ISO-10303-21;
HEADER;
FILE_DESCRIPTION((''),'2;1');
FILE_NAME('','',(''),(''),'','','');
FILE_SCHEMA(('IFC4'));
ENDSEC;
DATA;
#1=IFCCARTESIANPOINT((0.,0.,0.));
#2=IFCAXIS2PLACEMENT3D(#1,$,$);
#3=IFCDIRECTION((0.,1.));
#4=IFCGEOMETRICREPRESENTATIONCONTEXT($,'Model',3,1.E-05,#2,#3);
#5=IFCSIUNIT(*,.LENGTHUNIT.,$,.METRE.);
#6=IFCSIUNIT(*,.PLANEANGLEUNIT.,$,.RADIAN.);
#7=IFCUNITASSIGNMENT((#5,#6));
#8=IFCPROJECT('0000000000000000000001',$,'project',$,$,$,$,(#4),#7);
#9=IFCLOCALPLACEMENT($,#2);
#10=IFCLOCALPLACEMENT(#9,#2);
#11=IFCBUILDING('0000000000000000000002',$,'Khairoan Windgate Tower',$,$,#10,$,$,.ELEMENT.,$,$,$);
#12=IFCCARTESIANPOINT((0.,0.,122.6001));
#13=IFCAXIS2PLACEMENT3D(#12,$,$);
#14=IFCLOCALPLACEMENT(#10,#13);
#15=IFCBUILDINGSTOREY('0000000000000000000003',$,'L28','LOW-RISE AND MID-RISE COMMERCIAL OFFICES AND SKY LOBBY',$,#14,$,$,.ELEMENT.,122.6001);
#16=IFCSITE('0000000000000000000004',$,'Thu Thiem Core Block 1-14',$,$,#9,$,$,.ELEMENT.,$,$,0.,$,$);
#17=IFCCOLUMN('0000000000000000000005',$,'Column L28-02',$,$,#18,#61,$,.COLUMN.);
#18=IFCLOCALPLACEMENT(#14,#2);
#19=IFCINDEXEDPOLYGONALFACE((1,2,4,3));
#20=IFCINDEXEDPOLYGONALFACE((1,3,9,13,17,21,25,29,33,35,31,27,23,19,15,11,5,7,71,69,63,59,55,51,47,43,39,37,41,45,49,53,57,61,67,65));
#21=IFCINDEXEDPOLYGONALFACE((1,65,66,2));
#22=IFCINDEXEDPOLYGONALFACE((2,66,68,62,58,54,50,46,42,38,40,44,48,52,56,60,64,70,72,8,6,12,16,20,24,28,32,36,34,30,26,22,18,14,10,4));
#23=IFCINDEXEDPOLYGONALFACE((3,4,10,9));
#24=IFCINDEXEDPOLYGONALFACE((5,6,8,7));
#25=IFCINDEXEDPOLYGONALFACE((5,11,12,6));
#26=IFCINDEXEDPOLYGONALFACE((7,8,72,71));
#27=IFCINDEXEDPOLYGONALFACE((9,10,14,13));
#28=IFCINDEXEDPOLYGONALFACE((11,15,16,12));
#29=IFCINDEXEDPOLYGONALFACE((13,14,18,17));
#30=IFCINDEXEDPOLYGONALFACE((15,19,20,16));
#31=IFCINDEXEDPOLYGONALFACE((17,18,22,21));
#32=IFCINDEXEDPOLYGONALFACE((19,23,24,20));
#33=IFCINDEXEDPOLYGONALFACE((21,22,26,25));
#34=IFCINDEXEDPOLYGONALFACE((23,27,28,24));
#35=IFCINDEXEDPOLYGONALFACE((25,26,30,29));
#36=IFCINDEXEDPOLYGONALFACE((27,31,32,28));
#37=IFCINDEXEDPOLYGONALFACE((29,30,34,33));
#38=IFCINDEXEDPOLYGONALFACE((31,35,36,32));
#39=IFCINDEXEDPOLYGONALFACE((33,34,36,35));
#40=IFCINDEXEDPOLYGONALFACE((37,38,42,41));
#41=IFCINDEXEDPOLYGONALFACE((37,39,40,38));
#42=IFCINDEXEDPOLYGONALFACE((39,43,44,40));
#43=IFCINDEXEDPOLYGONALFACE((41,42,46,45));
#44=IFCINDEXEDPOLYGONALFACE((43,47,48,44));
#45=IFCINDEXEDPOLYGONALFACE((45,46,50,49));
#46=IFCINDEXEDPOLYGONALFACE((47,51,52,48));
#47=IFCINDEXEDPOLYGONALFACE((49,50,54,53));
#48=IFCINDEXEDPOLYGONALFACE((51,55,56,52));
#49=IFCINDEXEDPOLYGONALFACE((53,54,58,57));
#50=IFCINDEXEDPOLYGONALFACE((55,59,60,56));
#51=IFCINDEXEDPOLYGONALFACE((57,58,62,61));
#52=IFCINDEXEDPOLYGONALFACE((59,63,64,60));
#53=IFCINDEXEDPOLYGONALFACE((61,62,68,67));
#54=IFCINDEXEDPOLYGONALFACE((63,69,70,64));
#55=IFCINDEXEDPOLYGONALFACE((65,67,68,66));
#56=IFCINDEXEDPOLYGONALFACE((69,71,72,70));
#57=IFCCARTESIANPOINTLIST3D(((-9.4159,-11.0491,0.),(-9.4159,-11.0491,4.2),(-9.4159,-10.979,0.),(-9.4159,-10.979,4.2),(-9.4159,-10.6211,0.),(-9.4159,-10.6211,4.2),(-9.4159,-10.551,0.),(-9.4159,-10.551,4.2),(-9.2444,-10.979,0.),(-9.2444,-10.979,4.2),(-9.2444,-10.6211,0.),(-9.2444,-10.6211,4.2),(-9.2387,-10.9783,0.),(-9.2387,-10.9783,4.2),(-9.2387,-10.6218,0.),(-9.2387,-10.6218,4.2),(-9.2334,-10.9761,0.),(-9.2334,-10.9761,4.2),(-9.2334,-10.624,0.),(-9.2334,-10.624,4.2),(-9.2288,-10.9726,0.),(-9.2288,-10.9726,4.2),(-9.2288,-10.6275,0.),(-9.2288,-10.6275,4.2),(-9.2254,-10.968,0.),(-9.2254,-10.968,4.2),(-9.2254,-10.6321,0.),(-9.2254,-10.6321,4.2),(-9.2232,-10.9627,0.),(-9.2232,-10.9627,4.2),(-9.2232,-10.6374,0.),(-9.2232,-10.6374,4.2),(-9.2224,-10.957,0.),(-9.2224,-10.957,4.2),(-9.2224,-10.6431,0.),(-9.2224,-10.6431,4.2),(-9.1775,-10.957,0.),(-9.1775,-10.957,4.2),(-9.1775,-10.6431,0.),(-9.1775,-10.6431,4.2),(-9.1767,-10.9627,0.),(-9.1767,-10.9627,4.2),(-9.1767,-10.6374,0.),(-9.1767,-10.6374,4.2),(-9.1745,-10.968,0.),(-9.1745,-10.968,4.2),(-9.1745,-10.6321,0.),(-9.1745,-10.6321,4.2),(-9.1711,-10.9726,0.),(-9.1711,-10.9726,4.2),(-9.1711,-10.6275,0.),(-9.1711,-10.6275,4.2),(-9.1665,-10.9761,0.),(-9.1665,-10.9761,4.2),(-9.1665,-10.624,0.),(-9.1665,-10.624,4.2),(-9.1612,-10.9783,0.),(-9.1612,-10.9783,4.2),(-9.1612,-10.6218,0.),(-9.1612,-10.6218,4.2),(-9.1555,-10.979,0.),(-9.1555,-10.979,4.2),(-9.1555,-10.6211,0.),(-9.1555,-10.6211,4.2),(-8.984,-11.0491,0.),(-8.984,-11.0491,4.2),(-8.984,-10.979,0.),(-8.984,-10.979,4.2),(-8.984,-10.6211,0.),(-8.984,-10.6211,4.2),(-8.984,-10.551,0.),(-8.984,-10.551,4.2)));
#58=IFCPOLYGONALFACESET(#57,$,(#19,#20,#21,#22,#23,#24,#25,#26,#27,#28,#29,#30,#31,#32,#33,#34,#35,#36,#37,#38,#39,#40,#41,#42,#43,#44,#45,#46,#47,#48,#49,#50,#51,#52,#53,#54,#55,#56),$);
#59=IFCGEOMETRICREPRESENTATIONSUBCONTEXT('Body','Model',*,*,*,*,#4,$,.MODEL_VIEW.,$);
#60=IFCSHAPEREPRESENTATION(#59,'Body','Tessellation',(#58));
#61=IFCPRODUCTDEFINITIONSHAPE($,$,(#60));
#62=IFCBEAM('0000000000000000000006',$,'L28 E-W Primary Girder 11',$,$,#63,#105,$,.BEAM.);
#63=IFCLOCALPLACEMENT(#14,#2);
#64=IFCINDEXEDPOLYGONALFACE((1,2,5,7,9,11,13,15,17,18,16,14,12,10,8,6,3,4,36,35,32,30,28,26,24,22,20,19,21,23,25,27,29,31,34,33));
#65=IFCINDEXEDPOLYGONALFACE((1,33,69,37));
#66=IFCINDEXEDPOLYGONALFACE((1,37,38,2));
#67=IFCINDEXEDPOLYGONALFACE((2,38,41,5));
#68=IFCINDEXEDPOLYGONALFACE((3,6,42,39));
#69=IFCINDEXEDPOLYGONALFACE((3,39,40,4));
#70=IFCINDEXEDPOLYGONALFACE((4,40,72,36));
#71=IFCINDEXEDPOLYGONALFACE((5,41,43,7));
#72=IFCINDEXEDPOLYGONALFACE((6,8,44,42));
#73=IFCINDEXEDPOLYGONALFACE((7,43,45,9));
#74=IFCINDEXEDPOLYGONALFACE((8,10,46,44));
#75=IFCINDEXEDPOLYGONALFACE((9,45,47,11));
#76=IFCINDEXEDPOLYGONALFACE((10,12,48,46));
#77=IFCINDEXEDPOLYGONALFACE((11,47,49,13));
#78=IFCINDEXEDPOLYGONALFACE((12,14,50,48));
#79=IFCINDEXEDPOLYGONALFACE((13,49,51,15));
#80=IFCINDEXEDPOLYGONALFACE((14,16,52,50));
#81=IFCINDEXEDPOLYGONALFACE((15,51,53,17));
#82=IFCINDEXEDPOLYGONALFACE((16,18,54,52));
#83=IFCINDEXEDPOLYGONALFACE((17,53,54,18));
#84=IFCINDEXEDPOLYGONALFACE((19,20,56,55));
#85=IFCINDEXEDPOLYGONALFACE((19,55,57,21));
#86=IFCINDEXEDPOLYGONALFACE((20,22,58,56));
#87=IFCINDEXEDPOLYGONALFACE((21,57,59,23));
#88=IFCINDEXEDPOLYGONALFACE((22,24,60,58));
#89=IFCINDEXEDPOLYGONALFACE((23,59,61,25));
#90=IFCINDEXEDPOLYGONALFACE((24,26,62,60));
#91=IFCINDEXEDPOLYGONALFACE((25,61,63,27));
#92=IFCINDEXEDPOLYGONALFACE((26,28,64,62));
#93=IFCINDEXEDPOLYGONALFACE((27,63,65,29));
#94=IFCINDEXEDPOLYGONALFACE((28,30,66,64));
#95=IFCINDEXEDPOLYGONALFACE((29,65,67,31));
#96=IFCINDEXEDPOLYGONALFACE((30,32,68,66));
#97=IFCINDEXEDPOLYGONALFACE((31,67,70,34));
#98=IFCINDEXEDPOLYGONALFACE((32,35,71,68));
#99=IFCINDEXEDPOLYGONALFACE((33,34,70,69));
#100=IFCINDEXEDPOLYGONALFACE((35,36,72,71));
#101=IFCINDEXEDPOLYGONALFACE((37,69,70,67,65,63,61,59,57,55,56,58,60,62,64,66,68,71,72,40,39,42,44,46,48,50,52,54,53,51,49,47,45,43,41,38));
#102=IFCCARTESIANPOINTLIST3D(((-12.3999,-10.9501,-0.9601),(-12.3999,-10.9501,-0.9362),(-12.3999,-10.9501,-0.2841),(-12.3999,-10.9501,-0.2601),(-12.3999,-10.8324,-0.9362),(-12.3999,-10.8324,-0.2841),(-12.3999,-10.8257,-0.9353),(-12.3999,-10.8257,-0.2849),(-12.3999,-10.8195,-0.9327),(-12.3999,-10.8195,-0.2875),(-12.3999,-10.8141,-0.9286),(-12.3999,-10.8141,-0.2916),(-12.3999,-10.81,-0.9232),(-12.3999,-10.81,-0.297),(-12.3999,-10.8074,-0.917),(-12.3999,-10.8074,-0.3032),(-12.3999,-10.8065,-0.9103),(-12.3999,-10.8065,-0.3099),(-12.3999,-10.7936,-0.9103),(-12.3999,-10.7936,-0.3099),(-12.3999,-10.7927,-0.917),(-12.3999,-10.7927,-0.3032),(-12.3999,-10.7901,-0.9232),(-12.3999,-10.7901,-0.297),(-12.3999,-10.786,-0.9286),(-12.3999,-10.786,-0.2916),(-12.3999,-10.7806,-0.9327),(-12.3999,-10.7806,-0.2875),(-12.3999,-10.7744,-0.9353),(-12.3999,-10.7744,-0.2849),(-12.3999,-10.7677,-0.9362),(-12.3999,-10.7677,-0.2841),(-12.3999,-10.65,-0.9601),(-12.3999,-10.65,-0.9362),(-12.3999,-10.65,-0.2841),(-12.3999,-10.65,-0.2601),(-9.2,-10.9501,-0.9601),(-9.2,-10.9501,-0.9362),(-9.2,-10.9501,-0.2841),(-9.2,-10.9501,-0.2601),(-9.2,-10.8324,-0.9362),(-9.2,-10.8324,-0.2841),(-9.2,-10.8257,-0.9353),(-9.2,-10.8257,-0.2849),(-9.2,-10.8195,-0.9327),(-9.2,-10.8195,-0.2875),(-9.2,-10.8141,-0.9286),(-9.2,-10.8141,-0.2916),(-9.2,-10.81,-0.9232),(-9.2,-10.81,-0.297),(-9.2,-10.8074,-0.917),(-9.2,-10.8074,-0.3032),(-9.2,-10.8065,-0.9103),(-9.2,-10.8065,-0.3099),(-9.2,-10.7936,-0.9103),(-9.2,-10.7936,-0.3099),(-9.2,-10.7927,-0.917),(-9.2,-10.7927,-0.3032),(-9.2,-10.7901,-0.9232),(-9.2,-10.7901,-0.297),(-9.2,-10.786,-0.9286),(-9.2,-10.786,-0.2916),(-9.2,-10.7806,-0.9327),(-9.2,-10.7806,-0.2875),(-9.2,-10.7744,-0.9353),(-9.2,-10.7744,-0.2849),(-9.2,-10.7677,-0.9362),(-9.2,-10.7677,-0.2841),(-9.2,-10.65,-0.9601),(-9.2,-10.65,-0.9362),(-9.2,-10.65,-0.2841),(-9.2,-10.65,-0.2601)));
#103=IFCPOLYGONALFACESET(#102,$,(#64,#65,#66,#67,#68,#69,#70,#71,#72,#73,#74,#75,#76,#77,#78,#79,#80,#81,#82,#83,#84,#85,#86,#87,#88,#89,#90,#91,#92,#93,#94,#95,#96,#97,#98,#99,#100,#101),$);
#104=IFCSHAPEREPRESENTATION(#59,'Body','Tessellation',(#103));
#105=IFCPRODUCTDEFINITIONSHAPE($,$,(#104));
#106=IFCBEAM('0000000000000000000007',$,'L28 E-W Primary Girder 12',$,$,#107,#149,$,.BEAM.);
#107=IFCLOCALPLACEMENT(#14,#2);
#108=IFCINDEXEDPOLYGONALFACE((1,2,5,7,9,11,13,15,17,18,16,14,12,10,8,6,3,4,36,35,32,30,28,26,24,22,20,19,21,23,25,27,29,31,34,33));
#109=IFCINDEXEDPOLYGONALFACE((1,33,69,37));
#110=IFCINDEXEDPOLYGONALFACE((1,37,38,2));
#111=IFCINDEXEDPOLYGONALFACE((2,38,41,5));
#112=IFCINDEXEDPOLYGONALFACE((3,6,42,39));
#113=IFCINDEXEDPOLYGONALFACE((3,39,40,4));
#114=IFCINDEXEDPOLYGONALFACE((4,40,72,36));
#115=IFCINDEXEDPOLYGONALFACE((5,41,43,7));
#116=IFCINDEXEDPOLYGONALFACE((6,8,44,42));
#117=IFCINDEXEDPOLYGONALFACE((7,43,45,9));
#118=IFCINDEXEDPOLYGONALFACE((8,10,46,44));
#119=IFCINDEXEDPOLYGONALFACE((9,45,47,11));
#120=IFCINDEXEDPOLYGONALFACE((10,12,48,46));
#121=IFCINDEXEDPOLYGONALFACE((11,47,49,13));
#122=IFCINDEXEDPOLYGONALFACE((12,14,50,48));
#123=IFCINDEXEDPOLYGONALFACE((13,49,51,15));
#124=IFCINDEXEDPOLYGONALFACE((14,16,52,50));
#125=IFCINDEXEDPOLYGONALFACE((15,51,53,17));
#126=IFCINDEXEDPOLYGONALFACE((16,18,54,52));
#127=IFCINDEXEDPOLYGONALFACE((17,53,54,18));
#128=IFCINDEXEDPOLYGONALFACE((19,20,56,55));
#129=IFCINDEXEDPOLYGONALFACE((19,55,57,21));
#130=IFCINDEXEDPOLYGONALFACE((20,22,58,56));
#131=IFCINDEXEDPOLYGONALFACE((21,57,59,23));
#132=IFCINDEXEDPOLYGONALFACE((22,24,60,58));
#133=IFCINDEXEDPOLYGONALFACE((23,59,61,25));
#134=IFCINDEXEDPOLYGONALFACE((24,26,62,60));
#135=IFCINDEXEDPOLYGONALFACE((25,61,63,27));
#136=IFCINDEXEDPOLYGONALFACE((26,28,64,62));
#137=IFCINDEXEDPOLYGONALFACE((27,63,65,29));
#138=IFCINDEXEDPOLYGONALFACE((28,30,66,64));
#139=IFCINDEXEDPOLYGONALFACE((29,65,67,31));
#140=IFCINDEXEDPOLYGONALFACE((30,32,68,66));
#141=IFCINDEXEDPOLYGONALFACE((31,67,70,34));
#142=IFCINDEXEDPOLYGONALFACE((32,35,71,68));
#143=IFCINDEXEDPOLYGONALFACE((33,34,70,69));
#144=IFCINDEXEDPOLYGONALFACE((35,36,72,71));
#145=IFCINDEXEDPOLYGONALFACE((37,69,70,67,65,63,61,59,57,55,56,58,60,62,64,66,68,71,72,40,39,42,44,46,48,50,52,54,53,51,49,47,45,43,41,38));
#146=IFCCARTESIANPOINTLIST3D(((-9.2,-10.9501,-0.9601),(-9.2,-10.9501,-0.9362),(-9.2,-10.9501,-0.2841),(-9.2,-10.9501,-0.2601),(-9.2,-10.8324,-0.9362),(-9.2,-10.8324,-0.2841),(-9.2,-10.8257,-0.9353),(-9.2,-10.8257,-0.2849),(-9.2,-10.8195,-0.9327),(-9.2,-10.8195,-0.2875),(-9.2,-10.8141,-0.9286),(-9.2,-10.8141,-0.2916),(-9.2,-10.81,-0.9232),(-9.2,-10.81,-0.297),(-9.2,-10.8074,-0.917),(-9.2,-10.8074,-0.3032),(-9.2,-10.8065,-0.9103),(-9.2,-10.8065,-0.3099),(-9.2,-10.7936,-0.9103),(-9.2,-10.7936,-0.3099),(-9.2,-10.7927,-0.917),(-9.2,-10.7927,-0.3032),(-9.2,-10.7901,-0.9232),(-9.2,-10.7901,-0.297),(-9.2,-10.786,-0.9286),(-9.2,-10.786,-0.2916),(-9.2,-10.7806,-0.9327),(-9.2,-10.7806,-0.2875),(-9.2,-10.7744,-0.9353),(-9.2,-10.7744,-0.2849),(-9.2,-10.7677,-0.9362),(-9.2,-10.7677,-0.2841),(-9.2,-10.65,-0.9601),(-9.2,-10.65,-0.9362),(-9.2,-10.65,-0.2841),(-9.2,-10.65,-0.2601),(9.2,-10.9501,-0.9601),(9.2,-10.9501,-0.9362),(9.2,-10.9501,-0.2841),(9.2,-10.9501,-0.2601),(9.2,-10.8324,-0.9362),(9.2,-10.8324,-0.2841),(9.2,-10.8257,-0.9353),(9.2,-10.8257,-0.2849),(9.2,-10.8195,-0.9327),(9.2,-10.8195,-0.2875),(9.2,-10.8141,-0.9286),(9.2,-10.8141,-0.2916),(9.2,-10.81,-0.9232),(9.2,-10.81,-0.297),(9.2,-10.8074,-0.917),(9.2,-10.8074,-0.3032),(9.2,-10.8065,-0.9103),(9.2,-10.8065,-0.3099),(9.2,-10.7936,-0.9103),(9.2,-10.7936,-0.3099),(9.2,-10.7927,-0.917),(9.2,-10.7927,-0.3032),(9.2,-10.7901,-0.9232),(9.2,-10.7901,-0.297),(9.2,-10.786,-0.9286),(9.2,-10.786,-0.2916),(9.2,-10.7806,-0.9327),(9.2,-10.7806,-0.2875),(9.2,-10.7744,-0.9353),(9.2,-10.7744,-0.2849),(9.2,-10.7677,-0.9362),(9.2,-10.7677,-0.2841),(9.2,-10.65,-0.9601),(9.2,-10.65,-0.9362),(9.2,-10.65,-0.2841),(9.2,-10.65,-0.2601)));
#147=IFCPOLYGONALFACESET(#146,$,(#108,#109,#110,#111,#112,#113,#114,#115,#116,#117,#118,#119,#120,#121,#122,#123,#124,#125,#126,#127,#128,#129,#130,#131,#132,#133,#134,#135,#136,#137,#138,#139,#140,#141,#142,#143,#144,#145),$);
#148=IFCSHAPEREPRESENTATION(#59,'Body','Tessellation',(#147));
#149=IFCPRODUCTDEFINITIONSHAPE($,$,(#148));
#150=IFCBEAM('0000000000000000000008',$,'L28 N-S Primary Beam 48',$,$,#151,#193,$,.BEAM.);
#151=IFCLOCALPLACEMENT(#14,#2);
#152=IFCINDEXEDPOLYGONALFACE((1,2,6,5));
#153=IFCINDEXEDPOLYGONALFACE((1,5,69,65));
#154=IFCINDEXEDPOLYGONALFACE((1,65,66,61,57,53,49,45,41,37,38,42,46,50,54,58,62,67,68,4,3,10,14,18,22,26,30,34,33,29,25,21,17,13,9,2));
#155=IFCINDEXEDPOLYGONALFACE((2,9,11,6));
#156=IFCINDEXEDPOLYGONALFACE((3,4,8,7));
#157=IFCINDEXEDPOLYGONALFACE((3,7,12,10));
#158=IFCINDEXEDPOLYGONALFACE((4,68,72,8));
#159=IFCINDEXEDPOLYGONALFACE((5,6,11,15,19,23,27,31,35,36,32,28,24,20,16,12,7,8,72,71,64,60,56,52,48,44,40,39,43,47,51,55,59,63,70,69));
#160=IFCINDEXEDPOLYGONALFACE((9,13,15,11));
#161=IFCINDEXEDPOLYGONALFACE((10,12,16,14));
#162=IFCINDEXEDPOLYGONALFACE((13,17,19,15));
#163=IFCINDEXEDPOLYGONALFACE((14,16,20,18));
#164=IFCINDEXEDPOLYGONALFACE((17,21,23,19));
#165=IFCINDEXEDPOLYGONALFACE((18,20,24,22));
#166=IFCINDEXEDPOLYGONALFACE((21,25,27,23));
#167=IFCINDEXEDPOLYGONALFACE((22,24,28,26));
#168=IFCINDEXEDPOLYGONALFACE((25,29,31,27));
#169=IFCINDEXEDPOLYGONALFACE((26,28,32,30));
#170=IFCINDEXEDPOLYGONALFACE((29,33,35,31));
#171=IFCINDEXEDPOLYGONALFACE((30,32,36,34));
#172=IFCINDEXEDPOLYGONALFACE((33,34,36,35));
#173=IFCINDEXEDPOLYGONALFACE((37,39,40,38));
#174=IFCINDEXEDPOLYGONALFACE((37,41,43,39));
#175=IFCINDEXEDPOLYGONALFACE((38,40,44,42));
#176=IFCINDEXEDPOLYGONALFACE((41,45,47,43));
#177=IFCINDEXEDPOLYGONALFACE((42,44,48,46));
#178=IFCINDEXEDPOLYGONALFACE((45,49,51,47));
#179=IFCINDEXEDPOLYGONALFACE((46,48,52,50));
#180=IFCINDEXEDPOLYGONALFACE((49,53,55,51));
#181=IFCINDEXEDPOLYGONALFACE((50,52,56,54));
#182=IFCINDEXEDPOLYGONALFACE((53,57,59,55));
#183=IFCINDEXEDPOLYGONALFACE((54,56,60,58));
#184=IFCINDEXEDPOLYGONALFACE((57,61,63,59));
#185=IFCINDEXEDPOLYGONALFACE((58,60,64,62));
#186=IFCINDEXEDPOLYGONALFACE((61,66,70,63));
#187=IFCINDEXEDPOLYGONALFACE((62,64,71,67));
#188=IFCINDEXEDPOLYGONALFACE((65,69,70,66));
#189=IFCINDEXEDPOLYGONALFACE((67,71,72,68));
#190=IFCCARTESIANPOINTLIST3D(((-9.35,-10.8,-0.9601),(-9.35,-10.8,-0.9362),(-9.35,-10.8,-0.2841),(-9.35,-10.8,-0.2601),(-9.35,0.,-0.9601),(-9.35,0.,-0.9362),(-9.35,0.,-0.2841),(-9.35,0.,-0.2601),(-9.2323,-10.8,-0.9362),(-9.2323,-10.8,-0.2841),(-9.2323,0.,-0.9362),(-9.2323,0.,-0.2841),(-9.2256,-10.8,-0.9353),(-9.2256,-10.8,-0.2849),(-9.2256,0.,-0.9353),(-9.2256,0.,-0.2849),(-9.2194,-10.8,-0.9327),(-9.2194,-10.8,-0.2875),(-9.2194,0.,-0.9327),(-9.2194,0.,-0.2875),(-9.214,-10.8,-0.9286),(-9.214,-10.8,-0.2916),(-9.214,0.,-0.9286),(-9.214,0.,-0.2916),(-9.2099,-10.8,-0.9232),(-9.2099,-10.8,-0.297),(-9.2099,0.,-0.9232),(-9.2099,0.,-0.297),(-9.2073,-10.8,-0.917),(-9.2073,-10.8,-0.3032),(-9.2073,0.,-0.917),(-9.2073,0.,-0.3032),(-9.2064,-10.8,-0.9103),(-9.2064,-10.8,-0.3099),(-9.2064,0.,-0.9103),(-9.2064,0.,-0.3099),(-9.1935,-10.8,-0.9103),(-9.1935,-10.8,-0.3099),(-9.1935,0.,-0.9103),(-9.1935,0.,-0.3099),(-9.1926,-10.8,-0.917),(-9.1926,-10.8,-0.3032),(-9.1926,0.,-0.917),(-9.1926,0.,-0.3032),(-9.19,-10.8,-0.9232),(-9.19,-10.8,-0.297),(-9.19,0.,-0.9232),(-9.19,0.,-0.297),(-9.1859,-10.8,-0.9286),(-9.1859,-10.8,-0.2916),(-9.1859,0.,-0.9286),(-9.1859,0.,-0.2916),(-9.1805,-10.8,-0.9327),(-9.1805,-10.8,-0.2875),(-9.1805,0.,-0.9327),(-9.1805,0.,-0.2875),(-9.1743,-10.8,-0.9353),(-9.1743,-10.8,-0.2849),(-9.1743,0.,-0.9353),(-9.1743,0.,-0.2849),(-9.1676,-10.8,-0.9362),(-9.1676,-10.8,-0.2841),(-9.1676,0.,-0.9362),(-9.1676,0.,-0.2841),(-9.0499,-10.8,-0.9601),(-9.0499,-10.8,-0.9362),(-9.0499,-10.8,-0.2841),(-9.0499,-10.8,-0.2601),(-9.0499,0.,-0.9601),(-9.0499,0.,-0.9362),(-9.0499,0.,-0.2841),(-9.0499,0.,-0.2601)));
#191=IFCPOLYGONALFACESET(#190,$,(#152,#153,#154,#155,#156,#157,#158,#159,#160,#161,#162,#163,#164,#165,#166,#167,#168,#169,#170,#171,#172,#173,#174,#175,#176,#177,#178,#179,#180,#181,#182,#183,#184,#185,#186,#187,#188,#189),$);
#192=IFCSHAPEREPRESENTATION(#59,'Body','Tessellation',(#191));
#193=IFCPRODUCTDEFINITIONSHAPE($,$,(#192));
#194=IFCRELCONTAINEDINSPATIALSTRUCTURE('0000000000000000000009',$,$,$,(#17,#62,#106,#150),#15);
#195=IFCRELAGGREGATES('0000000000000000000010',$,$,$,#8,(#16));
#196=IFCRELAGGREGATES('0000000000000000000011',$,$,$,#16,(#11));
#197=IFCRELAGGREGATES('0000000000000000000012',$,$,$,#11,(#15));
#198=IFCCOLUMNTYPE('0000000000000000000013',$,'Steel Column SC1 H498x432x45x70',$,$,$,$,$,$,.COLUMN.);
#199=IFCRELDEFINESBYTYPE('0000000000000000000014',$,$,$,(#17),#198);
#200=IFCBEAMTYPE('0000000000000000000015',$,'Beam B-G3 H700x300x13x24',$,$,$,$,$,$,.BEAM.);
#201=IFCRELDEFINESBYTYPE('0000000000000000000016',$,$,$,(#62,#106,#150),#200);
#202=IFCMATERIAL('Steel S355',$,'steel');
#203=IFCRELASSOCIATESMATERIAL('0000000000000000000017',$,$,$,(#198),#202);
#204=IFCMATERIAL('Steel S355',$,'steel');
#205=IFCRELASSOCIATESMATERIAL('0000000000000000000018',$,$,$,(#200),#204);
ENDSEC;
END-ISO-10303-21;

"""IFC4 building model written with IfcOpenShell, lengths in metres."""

from ifc_helpers import new_model, si_unit, direction, frame, origin, origin_2d, place, context, subcontext, project, spatial, i_section, extrude, material, material_profile, profile_set, type_object, element, save


model = new_model("IFC4")

# Units and contexts
model_context = context("Model", 3, precision=1e-05, world=origin(), true_north=direction((0.0, 1.0)))
body_context = subcontext(model_context, "Body", "Model", "MODEL_VIEW")
ifc_project = project(units=[si_unit("LENGTHUNIT", "METRE"), si_unit("PLANEANGLEUNIT", "RADIAN")], contexts=[model_context])

# Site, building, storey
site_placement = place(None, origin())
site = spatial("IfcSite", under=ifc_project, at=site_placement, Name="Thu Thiem Core Block 1-14", CompositionType="ELEMENT", RefElevation=0.0)
building_placement = place(site_placement, origin())
building = spatial("IfcBuilding", under=site, at=building_placement, Name="Khairoan Windgate Tower", CompositionType="ELEMENT")
storey_placement = place(building_placement, frame((0.0, 0.0, 122.6001)))
storey = spatial("IfcBuildingStorey", under=building, at=storey_placement, Name="L28", Description="LOW-RISE AND MID-RISE COMMERCIAL OFFICES AND SKY LOBBY", CompositionType="ELEMENT", Elevation=122.6001)

# Column
ifc_material_1 = material(Name="Steel S355", Category="steel")
ifc_material_profile_1 = material_profile(ifc_material_1, i_section(OverallWidth=0.4319, OverallDepth=0.498, WebThickness=0.0449, FlangeThickness=0.0701, FilletRadius=0.022, at=origin_2d()))
ifc_profile_set_1 = profile_set([ifc_material_profile_1], Name="Steel S355")
column_type = type_object("IfcColumnType", Name="Steel Column SC1 H498x432x45x70", PredefinedType="COLUMN", material=ifc_profile_set_1)
column_placement = place(storey_placement, frame((-9.2, -10.8, 0.0), z_axis=(0.0, 0.0, 1.0), x_axis=(1.0, 0.0, 0.0)))
element("IfcColumn", 1, at=column_placement, inside=storey, type_object=column_type, Name="Column L28-02", PredefinedType="COLUMN", context=body_context, shape_type="SweptSolid", body=[
    extrude(i_section(OverallWidth=0.4319, OverallDepth=0.498, WebThickness=0.0449, FlangeThickness=0.0701, FilletRadius=0.022, at=origin_2d()), origin(), (0.0, 0.0, 1.0), 4.2),
])

# Beams
ifc_material_2 = material(Name="Steel S355", Category="steel")
ifc_material_profile_2 = material_profile(ifc_material_2, i_section(OverallWidth=0.3, OverallDepth=0.7, WebThickness=0.0129, FlangeThickness=0.0239, FilletRadius=0.0259, at=origin_2d()))
ifc_profile_set_2 = profile_set([ifc_material_profile_2], Name="Steel S355")
beam_type_1 = type_object("IfcBeamType", Name="Beam B-G3 H700x300x13x24", PredefinedType="BEAM", material=ifc_profile_set_2)
beam_1_placement = place(storey_placement, frame((-12.3999, -10.8, -0.6101), z_axis=(1.0, 0.0, 0.0), x_axis=(0.0, 1.0, 0.0)))
element("IfcBeam", 2, at=beam_1_placement, inside=storey, type_object=beam_type_1, Name="L28 E-W Primary Girder 11", PredefinedType="BEAM", context=body_context, shape_type="SweptSolid", body=[
    extrude(i_section(OverallWidth=0.3, OverallDepth=0.7, WebThickness=0.0129, FlangeThickness=0.0239, FilletRadius=0.0259, at=origin_2d()), origin(), (0.0, 0.0, 1.0), 3.2),
])
beam_2_placement = place(storey_placement, frame((-9.2, -10.8, -0.6101), z_axis=(1.0, 0.0, 0.0), x_axis=(0.0, 1.0, 0.0)))
element("IfcBeam", 3, at=beam_2_placement, inside=storey, type_object=beam_type_1, Name="L28 E-W Primary Girder 12", PredefinedType="BEAM", context=body_context, shape_type="SweptSolid", body=[
    extrude(i_section(OverallWidth=0.3, OverallDepth=0.7, WebThickness=0.0129, FlangeThickness=0.0239, FilletRadius=0.0259, at=origin_2d()), origin(), (0.0, 0.0, 1.0), 18.3999),
])
beam_3_placement = place(storey_placement, frame((-9.2, -10.8, -0.6101), z_axis=(0.0, 1.0, 0.0), x_axis=(-1.0, 0.0, 0.0)))
element("IfcBeam", 4, at=beam_3_placement, inside=storey, type_object=beam_type_1, Name="L28 N-S Primary Beam 48", PredefinedType="BEAM", context=body_context, shape_type="SweptSolid", body=[
    extrude(i_section(OverallWidth=0.3, OverallDepth=0.7, WebThickness=0.0129, FlangeThickness=0.0239, FilletRadius=0.0259, at=origin_2d()), origin(), (0.0, 0.0, 1.0), 10.8),
])

save(model, "model.ifc")
